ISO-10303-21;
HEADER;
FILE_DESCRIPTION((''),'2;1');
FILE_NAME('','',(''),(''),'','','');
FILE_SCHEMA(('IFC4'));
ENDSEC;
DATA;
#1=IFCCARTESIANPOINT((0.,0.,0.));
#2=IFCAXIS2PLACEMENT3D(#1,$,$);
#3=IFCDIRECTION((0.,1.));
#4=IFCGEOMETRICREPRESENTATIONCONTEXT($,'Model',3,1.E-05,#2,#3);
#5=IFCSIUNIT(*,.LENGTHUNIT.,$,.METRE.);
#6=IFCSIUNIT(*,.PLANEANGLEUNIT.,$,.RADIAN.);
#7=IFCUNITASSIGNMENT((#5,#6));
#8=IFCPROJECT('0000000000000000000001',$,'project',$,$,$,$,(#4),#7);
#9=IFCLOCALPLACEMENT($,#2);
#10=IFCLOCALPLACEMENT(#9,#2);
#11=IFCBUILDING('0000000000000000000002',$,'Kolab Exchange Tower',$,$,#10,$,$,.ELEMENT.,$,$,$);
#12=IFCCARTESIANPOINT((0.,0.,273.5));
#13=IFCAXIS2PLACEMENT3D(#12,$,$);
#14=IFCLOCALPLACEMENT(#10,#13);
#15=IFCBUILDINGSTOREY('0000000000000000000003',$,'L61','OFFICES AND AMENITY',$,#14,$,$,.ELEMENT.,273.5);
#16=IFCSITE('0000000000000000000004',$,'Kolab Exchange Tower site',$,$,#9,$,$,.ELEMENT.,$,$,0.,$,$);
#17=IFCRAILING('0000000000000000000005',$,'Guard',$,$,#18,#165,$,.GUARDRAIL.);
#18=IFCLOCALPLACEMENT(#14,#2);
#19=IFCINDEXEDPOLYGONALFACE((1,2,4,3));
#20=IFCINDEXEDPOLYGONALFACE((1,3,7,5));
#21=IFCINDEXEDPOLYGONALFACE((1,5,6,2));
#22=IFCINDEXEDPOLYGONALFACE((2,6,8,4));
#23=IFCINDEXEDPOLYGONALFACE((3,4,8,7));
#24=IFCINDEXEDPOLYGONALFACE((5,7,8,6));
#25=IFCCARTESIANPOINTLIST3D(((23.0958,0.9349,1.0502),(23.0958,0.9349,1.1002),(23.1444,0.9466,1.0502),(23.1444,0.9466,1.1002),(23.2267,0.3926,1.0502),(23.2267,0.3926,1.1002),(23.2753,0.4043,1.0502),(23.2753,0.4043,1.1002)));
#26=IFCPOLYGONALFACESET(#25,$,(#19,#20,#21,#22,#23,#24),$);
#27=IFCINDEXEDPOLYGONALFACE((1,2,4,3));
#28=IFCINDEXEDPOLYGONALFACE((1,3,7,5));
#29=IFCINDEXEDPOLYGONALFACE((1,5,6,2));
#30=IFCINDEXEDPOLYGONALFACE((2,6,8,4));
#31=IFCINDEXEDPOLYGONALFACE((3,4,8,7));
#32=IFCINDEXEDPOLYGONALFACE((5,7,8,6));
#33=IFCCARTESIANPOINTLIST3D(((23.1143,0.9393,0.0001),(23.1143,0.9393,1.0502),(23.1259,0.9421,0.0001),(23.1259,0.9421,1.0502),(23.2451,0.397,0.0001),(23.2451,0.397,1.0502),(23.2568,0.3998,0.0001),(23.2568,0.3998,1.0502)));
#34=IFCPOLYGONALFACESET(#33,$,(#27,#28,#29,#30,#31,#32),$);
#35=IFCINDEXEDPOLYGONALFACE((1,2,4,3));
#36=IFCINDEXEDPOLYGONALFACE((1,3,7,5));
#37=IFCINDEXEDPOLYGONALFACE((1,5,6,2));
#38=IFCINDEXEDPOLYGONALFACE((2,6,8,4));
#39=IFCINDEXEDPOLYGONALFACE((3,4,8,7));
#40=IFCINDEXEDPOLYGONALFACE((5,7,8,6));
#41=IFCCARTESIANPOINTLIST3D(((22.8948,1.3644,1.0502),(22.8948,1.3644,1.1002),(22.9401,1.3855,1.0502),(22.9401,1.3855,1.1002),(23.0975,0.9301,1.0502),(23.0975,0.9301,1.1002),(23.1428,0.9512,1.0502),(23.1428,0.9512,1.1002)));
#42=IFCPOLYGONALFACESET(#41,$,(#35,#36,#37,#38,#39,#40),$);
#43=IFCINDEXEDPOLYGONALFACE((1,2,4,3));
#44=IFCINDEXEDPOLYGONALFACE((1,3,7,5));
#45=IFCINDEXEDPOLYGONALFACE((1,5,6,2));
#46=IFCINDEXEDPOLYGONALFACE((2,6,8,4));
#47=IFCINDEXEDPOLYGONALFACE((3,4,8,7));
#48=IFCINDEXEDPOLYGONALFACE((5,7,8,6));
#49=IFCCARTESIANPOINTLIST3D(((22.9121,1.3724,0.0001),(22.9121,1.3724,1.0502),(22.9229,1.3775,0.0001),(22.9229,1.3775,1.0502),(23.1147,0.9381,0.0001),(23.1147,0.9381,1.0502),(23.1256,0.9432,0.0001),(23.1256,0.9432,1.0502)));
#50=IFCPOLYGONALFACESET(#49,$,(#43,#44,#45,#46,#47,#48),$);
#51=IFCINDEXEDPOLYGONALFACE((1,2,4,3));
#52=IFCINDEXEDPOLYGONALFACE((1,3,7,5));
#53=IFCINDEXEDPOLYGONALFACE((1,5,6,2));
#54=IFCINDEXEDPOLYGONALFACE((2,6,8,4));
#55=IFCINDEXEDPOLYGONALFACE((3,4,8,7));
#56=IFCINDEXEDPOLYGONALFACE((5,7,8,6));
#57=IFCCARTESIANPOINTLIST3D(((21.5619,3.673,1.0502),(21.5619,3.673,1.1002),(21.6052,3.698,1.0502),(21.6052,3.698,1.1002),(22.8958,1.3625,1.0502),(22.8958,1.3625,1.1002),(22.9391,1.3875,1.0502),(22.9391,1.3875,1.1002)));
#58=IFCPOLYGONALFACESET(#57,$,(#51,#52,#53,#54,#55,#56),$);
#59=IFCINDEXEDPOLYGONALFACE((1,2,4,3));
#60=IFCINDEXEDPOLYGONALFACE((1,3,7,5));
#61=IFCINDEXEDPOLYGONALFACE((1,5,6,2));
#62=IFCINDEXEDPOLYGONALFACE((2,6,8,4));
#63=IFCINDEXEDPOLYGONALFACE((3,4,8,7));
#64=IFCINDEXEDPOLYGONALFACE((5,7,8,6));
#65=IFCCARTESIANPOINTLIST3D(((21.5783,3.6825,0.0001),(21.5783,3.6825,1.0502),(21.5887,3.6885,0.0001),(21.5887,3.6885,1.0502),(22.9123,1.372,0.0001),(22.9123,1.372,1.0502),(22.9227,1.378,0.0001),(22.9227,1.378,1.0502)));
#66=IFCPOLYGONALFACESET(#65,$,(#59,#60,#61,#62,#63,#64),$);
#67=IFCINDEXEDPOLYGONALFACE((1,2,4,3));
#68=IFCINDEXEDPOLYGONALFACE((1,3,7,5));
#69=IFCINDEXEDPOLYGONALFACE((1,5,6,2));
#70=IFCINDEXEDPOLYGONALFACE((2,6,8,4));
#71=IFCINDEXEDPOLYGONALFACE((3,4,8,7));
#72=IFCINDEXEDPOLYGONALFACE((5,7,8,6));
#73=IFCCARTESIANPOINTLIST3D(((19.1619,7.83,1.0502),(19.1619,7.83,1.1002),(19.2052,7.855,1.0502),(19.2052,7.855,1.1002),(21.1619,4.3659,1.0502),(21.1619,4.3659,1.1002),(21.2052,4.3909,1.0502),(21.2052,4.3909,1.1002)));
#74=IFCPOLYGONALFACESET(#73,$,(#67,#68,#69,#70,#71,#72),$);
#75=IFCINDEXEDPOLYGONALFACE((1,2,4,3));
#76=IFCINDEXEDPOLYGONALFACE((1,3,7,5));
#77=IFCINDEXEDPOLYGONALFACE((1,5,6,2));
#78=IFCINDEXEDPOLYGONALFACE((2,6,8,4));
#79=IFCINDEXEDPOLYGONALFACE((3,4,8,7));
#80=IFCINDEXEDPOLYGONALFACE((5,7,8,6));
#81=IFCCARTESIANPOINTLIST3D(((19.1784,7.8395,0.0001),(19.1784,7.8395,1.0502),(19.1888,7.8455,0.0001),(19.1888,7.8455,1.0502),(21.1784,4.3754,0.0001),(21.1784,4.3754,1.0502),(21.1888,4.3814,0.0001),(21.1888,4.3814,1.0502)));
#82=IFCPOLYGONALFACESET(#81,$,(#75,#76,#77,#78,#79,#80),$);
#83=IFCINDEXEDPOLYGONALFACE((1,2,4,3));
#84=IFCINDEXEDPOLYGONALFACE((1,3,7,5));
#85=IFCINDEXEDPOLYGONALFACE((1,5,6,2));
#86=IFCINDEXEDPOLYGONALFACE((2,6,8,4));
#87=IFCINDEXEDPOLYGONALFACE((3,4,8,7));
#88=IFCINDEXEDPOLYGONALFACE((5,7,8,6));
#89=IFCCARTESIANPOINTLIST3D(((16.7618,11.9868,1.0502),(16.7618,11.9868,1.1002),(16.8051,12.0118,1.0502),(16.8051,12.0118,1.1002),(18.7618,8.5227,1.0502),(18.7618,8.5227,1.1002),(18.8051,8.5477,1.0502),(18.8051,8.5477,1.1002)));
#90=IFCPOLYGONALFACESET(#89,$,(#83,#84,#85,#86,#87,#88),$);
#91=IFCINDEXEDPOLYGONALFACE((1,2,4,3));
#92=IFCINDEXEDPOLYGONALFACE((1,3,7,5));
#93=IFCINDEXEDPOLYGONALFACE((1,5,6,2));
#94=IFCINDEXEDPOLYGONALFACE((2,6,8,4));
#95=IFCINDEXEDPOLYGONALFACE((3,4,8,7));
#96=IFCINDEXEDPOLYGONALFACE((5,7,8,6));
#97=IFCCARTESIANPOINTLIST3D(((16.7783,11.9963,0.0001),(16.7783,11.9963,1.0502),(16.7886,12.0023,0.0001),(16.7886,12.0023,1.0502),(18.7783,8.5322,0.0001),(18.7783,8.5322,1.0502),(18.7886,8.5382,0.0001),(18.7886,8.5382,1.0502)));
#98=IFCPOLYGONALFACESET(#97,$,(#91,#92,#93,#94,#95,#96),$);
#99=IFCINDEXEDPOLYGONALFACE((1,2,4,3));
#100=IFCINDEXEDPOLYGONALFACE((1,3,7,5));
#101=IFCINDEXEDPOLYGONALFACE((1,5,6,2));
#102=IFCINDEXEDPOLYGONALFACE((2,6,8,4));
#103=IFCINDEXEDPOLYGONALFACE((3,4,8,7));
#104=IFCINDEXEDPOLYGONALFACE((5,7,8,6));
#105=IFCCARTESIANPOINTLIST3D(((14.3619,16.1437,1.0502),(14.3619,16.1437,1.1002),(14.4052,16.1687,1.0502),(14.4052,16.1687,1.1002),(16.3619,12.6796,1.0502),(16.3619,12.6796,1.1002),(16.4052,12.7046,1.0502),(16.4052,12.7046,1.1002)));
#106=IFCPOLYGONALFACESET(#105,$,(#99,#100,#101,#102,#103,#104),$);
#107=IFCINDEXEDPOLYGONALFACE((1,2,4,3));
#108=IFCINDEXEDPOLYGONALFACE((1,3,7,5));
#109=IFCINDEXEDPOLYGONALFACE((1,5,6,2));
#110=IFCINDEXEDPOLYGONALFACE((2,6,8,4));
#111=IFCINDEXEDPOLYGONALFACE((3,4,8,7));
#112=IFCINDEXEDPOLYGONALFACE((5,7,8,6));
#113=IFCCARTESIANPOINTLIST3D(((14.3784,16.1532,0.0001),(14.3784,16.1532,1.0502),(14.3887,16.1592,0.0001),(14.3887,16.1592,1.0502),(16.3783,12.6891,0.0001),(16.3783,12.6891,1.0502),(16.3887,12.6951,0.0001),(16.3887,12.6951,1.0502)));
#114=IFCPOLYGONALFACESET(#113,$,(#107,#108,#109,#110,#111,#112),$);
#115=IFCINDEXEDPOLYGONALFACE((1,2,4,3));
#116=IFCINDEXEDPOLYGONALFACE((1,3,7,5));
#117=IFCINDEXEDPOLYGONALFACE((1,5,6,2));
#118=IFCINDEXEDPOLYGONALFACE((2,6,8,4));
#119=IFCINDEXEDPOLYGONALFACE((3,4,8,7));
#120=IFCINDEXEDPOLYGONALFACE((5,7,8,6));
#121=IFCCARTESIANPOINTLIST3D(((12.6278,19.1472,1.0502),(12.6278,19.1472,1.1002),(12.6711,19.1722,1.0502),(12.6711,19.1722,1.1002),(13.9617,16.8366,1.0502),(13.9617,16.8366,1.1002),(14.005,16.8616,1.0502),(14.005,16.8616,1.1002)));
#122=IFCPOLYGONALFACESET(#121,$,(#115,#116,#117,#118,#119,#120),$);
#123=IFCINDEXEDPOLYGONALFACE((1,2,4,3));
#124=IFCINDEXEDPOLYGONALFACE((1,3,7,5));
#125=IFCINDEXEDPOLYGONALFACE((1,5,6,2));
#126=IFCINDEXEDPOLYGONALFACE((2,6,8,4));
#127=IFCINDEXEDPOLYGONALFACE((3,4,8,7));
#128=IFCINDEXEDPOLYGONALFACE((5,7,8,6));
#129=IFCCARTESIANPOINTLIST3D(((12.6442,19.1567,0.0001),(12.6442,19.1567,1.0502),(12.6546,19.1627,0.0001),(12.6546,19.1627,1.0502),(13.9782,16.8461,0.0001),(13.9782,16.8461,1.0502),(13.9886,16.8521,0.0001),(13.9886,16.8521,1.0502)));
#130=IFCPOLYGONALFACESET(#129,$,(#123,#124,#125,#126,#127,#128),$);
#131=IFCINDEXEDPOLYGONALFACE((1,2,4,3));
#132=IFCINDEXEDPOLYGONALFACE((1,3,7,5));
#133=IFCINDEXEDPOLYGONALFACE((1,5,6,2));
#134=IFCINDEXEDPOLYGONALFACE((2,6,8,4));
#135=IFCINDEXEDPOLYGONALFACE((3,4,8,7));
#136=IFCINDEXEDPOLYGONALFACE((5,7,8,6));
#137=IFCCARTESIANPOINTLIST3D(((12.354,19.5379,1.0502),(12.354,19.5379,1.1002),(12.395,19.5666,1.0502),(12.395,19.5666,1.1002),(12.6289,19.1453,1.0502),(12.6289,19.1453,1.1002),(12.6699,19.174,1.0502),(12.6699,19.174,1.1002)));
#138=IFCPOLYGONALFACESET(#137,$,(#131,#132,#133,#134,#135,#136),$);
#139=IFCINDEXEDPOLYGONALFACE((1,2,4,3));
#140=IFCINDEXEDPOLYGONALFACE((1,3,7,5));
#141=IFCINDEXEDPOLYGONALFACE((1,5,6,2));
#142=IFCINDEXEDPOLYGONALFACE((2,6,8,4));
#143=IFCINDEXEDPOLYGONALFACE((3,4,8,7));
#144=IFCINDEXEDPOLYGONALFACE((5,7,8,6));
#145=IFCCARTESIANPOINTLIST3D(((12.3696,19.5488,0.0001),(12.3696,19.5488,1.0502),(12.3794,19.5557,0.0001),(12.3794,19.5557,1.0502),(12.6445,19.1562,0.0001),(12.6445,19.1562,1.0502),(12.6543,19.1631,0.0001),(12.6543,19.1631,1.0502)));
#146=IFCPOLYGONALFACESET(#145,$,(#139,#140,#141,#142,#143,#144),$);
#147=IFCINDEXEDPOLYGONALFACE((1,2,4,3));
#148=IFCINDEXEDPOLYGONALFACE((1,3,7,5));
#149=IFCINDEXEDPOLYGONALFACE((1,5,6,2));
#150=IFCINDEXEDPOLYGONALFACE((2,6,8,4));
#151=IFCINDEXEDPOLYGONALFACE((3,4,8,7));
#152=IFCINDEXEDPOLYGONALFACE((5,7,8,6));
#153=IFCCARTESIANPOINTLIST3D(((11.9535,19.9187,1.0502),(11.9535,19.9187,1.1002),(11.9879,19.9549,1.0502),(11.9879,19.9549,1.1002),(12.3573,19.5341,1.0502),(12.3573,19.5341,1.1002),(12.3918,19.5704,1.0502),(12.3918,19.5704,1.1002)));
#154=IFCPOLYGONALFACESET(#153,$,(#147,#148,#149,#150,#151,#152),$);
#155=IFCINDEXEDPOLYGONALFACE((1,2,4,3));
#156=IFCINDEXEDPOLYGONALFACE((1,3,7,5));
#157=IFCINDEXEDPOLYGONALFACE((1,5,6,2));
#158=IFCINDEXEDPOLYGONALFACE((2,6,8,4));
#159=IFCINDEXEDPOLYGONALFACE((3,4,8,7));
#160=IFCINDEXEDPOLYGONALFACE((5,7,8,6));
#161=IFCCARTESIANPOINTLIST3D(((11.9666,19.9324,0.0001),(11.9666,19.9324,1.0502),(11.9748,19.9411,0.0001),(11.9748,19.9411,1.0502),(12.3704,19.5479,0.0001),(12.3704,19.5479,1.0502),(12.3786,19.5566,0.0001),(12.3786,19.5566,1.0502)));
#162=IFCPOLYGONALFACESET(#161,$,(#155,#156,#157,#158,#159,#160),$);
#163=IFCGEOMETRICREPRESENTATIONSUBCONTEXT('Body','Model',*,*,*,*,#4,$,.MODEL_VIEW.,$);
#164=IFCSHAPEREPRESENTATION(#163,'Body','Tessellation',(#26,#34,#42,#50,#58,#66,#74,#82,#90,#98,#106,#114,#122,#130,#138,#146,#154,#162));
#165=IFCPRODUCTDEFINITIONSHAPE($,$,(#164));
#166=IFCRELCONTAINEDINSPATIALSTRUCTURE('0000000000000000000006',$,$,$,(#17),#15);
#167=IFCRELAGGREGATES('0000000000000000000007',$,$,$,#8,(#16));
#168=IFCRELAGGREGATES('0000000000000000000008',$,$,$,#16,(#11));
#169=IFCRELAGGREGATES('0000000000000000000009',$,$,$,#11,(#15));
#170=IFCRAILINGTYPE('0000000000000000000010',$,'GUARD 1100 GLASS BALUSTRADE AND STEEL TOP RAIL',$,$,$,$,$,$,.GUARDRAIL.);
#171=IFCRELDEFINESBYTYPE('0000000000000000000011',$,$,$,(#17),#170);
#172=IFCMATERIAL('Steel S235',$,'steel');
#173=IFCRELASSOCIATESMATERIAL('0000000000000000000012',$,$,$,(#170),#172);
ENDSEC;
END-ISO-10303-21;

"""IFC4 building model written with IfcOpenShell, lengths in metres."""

from ifc_helpers import new_model, si_unit, direction, frame, frame_2d, origin, origin_2d, place, context, subcontext, project, spatial, rectangle, extrude, material, type_object, element, save


model = new_model("IFC4")

# Units and contexts
model_context = context("Model", 3, precision=1e-05, world=origin(), true_north=direction((0.0, 1.0)))
body_context = subcontext(model_context, "Body", "Model", "MODEL_VIEW")
ifc_project = project(units=[si_unit("LENGTHUNIT", "METRE"), si_unit("PLANEANGLEUNIT", "RADIAN")], contexts=[model_context])

# Site, building, storey
site_placement = place(None, origin())
site = spatial("IfcSite", under=ifc_project, at=site_placement, Name="Kolab Exchange Tower site", CompositionType="ELEMENT", RefElevation=0.0)
building_placement = place(site_placement, origin())
building = spatial("IfcBuilding", under=site, at=building_placement, Name="Kolab Exchange Tower", CompositionType="ELEMENT")
storey_placement = place(building_placement, frame((0.0, 0.0, 273.5)))
storey = spatial("IfcBuildingStorey", under=building, at=storey_placement, Name="L61", Description="OFFICES AND AMENITY", CompositionType="ELEMENT", Elevation=273.5)

# Shared definitions
ifc_material_1 = material(Name="Steel S235", Category="steel")

# Railing
railing_type = type_object("IfcRailingType", Name="GUARD 1100 GLASS BALUSTRADE AND STEEL TOP RAIL", PredefinedType="GUARDRAIL", material=ifc_material_1)
railing_placement = place(storey_placement, frame((23.251, 0.3984, 0.0)))
element("IfcRailing", 1, at=railing_placement, inside=storey, type_object=railing_type, Name="Guard", PredefinedType="GUARDRAIL", context=body_context, shape_type="SweptSolid", body=[
    extrude(rectangle(XDim=0.05, YDim=0.05, at=origin_2d()), frame((0.0, 0.0, 1.0752), z_axis=(-0.234598, 0.972093, 0.0), x_axis=(-0.972093, -0.234598, 0.0)), (0.0, 0.0, 1.0), 0.5579),
    extrude(rectangle(XDim=0.012, YDim=1.0501, at=frame_2d((0.0, 0.5251))), frame((0.0, 0.0, 0.0), z_axis=(-0.234598, 0.972093, 0.0), x_axis=(-0.972093, -0.234598, 0.0)), (0.0, 0.0, 1.0), 0.5579),
    extrude(rectangle(XDim=0.05, YDim=0.05, at=origin_2d()), frame((-0.1309, 0.5422, 1.0752), z_axis=(-0.422802, 0.906222, 0.0), x_axis=(-0.906222, -0.422802, 0.0)), (0.0, 0.0, 1.0), 0.4792),
    extrude(rectangle(XDim=0.012, YDim=1.0501, at=frame_2d((0.0, 0.5251))), frame((-0.1309, 0.5422, 0.0), z_axis=(-0.422802, 0.906222, 0.0), x_axis=(-0.906222, -0.422802, 0.0)), (0.0, 0.0, 1.0), 0.4792),
    extrude(rectangle(XDim=0.05, YDim=0.05, at=origin_2d()), frame((-0.3335, 0.9766, 1.0752), z_axis=(-0.499997, 0.866027, 0.0), x_axis=(-0.866027, -0.499997, 0.0)), (0.0, 0.0, 1.0), 2.668),
    extrude(rectangle(XDim=0.012, YDim=1.0501, at=frame_2d((0.0, 0.5251))), frame((-0.3335, 0.9766, 0.0), z_axis=(-0.499997, 0.866027, 0.0), x_axis=(-0.866027, -0.499997, 0.0)), (0.0, 0.0, 1.0), 2.668),
    extrude(rectangle(XDim=0.05, YDim=0.05, at=origin_2d()), frame((-2.0674, 3.98, 1.0752), z_axis=(-0.499999, 0.866026, 0.0), x_axis=(-0.866026, -0.499999, 0.0)), (0.0, 0.0, 1.0), 4.0),
    extrude(rectangle(XDim=0.012, YDim=1.0501, at=frame_2d((0.0, 0.5251))), frame((-2.0674, 3.98, 0.0), z_axis=(-0.499999, 0.866026, 0.0), x_axis=(-0.866026, -0.499999, 0.0)), (0.0, 0.0, 1.0), 4.0),
    extrude(rectangle(XDim=0.05, YDim=0.05, at=origin_2d()), frame((-4.4675, 8.1367, 1.0752), z_axis=(-0.499999, 0.866026, 0.0), x_axis=(-0.866026, -0.499999, 0.0)), (0.0, 0.0, 1.0), 4.0),
    extrude(rectangle(XDim=0.012, YDim=1.0501, at=frame_2d((0.0, 0.5251))), frame((-4.4675, 8.1367, 0.0), z_axis=(-0.499999, 0.866026, 0.0), x_axis=(-0.866026, -0.499999, 0.0)), (0.0, 0.0, 1.0), 4.0),
    extrude(rectangle(XDim=0.05, YDim=0.05, at=origin_2d()), frame((-6.8674, 12.2937, 1.0752), z_axis=(-0.499999, 0.866026, 0.0), x_axis=(-0.866026, -0.499999, 0.0)), (0.0, 0.0, 1.0), 4.0),
    extrude(rectangle(XDim=0.012, YDim=1.0501, at=frame_2d((0.0, 0.5251))), frame((-6.8674, 12.2937, 0.0), z_axis=(-0.499999, 0.866026, 0.0), x_axis=(-0.866026, -0.499999, 0.0)), (0.0, 0.0, 1.0), 4.0),
    extrude(rectangle(XDim=0.05, YDim=0.05, at=origin_2d()), frame((-9.2676, 16.4507, 1.0752), z_axis=(-0.499997, 0.866027, 0.0), x_axis=(-0.866027, -0.499997, 0.0)), (0.0, 0.0, 1.0), 2.668),
    extrude(rectangle(XDim=0.012, YDim=1.0501, at=frame_2d((0.0, 0.5251))), frame((-9.2676, 16.4507, 0.0), z_axis=(-0.499997, 0.866027, 0.0), x_axis=(-0.866027, -0.499997, 0.0)), (0.0, 0.0, 1.0), 2.668),
    extrude(rectangle(XDim=0.05, YDim=0.05, at=origin_2d()), frame((-10.6016, 18.7612, 1.0752), z_axis=(-0.573599, 0.819136, 0.0), x_axis=(-0.819136, -0.573599, 0.0)), (0.0, 0.0, 1.0), 0.4792),
    extrude(rectangle(XDim=0.012, YDim=1.0501, at=frame_2d((0.0, 0.5251))), frame((-10.6016, 18.7612, 0.0), z_axis=(-0.573599, 0.819136, 0.0), x_axis=(-0.819136, -0.573599, 0.0)), (0.0, 0.0, 1.0), 0.4792),
    extrude(rectangle(XDim=0.05, YDim=0.05, at=origin_2d()), frame((-10.8765, 19.1538, 1.0752), z_axis=(-0.72419, 0.689601, 0.0), x_axis=(-0.689601, -0.72419, 0.0)), (0.0, 0.0, 1.0), 0.5576),
    extrude(rectangle(XDim=0.012, YDim=1.0501, at=frame_2d((0.0, 0.5251))), frame((-10.8765, 19.1538, 0.0), z_axis=(-0.72419, 0.689601, 0.0), x_axis=(-0.689601, -0.72419, 0.0)), (0.0, 0.0, 1.0), 0.5576),
])

save(model, "model.ifc")
